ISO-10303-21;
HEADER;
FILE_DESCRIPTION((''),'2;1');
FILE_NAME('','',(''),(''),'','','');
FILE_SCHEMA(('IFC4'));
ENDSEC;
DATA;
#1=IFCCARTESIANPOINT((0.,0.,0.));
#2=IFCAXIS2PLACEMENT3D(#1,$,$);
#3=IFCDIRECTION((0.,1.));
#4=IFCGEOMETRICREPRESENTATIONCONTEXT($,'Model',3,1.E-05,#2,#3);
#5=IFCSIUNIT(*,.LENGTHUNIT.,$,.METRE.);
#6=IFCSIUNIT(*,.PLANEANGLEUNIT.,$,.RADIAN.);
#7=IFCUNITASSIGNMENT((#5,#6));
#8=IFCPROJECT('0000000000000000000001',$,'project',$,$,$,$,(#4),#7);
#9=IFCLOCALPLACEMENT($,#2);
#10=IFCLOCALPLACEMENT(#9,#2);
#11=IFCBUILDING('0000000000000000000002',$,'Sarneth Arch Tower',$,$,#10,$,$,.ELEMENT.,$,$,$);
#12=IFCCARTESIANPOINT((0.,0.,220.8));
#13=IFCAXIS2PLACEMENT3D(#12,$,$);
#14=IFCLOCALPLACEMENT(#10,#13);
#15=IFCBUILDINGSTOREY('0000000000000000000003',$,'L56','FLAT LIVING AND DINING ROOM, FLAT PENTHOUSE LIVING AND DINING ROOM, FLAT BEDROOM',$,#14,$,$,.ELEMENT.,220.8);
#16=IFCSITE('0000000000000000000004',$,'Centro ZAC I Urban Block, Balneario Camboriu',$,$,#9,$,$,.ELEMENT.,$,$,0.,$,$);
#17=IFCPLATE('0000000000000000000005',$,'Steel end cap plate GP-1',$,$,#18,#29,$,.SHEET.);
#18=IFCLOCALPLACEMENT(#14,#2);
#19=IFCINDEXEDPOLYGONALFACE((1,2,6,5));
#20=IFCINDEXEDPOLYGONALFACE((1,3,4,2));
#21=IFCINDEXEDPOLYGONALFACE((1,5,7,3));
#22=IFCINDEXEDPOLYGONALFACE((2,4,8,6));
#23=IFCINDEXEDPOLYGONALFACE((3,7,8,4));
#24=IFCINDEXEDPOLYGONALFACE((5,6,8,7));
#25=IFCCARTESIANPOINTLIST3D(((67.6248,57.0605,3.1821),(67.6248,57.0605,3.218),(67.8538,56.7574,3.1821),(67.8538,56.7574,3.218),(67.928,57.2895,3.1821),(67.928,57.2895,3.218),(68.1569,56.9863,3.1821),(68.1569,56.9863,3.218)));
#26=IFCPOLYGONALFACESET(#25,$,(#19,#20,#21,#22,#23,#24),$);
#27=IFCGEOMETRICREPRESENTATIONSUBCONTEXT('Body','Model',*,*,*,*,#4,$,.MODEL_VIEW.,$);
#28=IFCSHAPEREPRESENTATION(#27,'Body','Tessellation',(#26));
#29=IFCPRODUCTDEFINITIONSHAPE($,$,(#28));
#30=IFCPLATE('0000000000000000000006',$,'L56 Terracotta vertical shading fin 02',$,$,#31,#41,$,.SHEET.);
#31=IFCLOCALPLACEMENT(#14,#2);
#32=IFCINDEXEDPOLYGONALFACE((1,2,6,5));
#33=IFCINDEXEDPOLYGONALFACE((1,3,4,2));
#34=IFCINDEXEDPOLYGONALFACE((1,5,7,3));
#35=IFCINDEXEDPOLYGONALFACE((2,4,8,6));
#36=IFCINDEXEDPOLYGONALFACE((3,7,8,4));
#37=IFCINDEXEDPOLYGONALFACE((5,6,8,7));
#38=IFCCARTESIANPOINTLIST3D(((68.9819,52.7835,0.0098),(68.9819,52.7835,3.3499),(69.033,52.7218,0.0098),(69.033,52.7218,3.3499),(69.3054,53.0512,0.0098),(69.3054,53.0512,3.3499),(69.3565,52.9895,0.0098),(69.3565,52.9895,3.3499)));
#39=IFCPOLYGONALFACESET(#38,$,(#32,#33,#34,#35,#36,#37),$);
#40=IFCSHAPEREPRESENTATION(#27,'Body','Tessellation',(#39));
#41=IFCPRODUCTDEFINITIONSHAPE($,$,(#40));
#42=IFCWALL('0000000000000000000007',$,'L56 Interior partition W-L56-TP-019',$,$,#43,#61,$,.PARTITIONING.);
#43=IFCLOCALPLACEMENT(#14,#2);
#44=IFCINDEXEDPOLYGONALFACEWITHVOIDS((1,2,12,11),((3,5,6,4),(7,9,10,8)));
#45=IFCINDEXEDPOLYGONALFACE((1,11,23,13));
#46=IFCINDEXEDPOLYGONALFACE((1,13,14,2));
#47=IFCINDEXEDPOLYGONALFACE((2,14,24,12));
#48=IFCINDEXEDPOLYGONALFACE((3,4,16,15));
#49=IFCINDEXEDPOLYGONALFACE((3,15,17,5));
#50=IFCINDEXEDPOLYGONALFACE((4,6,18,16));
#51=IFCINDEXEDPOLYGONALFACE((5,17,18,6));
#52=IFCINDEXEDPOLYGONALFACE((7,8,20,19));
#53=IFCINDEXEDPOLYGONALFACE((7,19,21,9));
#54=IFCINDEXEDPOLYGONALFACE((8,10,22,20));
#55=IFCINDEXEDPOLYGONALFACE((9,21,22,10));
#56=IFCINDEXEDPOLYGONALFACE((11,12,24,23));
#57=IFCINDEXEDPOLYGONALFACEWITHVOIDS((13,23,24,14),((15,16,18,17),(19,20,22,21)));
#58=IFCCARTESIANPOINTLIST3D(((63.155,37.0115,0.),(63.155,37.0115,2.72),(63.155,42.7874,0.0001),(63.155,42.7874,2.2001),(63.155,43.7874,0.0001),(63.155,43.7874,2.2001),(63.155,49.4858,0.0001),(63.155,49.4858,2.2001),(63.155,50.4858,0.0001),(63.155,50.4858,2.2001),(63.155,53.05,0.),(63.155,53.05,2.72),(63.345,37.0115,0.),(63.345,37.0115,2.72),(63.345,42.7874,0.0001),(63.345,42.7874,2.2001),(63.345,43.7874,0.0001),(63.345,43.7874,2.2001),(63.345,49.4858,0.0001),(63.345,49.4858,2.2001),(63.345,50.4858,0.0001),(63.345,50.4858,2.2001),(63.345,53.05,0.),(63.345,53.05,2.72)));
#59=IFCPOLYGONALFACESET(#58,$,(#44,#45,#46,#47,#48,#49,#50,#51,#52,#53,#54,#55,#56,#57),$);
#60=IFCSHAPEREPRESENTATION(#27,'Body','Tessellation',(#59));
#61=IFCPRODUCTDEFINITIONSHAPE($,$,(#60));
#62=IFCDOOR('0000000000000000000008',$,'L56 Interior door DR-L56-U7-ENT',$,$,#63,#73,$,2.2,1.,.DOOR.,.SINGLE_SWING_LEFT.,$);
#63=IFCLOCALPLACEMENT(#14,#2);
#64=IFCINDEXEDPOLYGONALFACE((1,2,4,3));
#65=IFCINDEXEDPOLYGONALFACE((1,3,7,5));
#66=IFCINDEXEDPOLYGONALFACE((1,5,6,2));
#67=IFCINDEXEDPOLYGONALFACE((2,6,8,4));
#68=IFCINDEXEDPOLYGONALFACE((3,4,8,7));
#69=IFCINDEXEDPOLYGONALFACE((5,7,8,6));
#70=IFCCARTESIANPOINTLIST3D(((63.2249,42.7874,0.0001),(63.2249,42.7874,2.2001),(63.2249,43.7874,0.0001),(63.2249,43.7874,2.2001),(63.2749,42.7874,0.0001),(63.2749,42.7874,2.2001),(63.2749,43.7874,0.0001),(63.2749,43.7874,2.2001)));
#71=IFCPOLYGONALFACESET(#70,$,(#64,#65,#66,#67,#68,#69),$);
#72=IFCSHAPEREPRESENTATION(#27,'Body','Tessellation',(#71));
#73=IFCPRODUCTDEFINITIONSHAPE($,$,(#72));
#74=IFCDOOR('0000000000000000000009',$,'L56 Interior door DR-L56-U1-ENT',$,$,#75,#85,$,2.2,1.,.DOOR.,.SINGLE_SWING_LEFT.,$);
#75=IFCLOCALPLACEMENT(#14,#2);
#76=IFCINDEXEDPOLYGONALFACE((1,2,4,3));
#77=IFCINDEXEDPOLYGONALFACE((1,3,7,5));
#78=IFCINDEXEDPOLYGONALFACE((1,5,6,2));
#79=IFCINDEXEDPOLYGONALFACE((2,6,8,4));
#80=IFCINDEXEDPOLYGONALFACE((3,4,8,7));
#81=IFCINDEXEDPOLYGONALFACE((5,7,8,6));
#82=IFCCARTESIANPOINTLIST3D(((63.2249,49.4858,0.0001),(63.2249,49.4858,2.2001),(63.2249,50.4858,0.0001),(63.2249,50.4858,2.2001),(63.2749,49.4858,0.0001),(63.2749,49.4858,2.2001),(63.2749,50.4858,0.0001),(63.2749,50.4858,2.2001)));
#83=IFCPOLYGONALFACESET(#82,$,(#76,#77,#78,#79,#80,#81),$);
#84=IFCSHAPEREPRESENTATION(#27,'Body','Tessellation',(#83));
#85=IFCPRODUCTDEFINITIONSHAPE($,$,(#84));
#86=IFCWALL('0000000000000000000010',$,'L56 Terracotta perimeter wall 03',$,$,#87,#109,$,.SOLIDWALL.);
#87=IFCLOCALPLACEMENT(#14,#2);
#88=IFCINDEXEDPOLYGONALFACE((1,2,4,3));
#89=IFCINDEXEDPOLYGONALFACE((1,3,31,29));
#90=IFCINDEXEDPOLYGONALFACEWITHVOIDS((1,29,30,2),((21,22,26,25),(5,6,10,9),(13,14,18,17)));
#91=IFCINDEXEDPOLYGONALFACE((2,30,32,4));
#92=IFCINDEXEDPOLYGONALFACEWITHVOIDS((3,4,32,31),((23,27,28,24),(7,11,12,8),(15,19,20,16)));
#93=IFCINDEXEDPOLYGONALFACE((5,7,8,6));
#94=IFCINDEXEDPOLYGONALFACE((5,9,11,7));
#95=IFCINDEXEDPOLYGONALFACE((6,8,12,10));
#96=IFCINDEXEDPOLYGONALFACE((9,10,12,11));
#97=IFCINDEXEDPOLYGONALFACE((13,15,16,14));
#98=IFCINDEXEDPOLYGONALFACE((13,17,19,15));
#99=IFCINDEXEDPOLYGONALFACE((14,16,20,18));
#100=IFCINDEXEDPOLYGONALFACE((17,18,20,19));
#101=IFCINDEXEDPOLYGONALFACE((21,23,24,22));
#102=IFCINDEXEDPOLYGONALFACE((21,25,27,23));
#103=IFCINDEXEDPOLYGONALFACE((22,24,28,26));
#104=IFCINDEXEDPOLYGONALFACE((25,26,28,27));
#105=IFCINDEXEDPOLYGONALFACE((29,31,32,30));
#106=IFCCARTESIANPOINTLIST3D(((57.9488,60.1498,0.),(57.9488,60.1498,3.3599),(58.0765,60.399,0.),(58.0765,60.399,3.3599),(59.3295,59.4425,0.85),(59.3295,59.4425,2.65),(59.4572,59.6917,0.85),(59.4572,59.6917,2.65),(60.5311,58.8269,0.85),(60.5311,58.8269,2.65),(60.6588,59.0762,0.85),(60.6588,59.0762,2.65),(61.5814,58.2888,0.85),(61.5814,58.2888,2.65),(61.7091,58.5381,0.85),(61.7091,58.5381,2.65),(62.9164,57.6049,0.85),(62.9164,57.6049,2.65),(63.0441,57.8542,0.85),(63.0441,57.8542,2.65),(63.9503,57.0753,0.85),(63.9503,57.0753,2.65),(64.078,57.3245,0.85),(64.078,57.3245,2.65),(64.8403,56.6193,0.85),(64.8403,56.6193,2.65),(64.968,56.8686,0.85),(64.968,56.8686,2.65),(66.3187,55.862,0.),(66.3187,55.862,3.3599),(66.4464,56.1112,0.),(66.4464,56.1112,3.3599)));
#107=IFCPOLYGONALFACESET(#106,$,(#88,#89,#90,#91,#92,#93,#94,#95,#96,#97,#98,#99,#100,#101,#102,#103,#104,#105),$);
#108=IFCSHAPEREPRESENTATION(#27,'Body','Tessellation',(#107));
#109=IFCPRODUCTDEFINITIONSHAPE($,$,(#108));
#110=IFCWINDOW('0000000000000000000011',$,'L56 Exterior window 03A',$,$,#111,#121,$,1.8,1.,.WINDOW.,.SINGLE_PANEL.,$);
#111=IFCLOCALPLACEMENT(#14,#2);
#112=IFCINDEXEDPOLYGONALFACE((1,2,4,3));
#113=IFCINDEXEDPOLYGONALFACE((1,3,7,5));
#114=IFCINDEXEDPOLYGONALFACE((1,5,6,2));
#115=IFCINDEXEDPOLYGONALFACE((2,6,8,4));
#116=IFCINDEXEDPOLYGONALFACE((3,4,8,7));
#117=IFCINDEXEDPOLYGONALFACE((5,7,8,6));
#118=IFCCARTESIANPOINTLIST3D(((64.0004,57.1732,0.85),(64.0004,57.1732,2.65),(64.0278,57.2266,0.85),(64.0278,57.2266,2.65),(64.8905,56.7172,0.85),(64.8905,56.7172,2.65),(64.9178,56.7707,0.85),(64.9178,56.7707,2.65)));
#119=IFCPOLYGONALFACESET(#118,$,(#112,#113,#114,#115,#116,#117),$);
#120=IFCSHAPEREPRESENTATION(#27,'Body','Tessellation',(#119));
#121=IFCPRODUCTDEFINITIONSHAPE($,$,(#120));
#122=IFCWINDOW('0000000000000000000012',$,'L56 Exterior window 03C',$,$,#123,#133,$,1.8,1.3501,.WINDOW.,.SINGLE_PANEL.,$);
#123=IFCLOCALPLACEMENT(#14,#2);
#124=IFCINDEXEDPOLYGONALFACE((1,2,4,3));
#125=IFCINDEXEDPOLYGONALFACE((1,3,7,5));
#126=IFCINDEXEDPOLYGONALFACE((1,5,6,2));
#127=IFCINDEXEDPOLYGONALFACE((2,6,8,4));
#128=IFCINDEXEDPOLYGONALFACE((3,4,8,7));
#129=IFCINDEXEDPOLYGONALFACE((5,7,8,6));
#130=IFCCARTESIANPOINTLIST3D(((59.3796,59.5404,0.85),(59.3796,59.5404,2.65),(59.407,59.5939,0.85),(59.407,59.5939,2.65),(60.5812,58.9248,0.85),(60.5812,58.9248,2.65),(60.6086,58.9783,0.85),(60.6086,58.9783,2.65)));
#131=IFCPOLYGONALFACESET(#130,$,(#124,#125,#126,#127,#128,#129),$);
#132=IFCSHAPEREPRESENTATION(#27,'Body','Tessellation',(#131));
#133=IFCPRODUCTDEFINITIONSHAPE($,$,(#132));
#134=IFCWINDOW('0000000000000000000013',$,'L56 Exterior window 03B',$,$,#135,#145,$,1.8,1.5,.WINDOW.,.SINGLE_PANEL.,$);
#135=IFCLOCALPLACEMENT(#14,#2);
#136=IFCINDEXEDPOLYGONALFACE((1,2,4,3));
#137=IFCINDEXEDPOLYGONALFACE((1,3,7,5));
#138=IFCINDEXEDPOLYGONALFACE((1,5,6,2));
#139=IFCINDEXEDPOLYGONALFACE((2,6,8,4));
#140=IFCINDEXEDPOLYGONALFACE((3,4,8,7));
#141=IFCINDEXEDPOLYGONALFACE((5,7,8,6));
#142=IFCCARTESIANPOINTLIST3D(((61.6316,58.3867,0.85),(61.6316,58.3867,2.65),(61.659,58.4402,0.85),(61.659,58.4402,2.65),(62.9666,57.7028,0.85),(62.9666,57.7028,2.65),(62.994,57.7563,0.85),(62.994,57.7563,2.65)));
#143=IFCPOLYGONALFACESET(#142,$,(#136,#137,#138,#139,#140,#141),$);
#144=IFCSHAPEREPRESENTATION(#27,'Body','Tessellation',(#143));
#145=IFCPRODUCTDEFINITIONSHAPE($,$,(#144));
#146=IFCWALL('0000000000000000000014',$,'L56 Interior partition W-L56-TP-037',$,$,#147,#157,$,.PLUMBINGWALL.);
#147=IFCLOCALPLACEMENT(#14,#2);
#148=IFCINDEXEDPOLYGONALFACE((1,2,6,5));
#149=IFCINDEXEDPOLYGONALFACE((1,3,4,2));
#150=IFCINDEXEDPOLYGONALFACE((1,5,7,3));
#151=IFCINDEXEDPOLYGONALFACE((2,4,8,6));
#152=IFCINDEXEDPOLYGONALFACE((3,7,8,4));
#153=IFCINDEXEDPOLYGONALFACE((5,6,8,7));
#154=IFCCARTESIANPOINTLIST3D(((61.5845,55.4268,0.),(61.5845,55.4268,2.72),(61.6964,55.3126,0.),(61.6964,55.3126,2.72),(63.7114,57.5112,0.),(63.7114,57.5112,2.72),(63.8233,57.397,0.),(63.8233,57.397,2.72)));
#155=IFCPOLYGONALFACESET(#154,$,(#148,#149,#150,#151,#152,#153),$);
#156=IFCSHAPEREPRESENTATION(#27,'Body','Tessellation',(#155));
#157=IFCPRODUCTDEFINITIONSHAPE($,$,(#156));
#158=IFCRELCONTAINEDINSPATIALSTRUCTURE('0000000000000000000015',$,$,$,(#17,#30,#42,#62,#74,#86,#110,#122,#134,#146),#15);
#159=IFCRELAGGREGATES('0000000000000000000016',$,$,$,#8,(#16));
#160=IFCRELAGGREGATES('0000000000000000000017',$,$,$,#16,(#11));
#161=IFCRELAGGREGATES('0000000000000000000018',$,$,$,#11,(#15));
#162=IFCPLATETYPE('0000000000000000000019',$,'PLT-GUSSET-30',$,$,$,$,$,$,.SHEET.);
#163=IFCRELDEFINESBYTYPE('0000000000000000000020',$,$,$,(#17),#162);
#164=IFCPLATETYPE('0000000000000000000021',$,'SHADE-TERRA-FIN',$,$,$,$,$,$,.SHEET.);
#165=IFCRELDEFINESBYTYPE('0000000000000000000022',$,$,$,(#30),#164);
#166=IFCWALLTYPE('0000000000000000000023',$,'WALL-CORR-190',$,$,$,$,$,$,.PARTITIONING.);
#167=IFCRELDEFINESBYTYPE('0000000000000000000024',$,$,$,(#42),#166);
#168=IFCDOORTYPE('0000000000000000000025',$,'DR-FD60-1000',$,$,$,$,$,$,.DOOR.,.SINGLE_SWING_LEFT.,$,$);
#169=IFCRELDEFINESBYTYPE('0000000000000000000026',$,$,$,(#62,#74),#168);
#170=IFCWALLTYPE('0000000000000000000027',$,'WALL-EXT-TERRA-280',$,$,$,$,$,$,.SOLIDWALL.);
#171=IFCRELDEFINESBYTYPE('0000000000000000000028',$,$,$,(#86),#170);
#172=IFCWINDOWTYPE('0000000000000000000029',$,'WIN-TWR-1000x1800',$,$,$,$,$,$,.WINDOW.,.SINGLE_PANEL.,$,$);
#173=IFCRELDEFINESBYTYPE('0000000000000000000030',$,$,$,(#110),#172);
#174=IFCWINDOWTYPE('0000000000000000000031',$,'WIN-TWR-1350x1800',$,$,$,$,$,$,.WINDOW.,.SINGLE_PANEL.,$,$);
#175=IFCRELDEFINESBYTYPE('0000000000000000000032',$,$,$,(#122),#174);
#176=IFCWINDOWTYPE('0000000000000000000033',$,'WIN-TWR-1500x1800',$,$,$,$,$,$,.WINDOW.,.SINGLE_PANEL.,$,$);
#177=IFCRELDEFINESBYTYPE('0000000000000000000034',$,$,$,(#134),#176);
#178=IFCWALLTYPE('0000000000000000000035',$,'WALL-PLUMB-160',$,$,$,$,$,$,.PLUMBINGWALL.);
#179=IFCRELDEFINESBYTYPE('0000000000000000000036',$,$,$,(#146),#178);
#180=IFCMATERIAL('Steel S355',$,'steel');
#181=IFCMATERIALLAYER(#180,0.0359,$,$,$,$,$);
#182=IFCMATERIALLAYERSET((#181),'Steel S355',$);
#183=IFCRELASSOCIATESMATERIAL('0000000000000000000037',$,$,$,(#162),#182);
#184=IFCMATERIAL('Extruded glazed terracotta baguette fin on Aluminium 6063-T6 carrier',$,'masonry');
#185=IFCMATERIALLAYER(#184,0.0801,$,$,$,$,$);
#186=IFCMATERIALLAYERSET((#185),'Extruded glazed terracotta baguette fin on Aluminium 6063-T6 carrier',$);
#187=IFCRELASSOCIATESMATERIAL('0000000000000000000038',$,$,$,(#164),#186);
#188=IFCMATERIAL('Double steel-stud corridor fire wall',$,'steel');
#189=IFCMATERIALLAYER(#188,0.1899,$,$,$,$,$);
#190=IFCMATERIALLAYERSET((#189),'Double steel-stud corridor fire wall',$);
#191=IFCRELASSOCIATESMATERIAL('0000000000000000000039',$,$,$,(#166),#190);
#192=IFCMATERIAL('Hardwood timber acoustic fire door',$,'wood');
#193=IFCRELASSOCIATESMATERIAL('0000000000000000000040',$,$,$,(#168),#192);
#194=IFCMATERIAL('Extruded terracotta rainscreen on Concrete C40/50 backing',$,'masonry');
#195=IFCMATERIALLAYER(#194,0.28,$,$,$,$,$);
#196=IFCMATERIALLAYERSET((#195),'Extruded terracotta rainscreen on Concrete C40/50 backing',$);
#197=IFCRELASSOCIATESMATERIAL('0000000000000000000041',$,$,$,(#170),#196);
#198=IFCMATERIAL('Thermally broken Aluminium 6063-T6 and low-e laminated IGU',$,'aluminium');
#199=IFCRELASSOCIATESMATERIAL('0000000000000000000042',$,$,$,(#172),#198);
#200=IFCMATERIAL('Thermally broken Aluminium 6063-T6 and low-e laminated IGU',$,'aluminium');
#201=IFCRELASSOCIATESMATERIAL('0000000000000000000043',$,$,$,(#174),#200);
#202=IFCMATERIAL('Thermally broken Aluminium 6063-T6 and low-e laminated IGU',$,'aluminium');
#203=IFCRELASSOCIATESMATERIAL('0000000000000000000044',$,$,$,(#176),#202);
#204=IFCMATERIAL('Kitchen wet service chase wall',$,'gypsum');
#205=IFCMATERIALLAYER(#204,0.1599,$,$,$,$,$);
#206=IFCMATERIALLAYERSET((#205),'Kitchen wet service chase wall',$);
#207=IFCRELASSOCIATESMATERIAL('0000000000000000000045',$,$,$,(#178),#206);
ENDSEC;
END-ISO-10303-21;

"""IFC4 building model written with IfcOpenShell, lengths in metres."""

from ifc_helpers import new_model, si_unit, direction, frame, frame_2d, origin, origin_2d, place, context, subcontext, project, spatial, rectangle, extrude, material, layer, layer_set, type_object, element, fill, save


model = new_model("IFC4")

# Units and contexts
model_context = context("Model", 3, precision=1e-05, world=origin(), true_north=direction((0.0, 1.0)))
body_context = subcontext(model_context, "Body", "Model", "MODEL_VIEW")
ifc_project = project(units=[si_unit("LENGTHUNIT", "METRE"), si_unit("PLANEANGLEUNIT", "RADIAN")], contexts=[model_context])

# Site, building, storey
site_placement = place(None, origin())
site = spatial("IfcSite", under=ifc_project, at=site_placement, Name="Centro ZAC I Urban Block, Balneario Camboriu", CompositionType="ELEMENT", RefElevation=0.0)
building_placement = place(site_placement, origin())
building = spatial("IfcBuilding", under=site, at=building_placement, Name="Sarneth Arch Tower", CompositionType="ELEMENT")
storey_placement = place(building_placement, frame((0.0, 0.0, 220.8)))
storey = spatial("IfcBuildingStorey", under=building, at=storey_placement, Name="L56", Description="FLAT LIVING AND DINING ROOM, FLAT PENTHOUSE LIVING AND DINING ROOM, FLAT BEDROOM", CompositionType="ELEMENT", Elevation=220.8)

# Plates
ifc_material_1 = material(Name="Steel S355", Category="steel")
ifc_layer_1 = layer(ifc_material_1, 0.0359)
ifc_layer_set_1 = layer_set([ifc_layer_1], Name="Steel S355")
plate_type_1 = type_object("IfcPlateType", Name="PLT-GUSSET-30", PredefinedType="SHEET", material=ifc_layer_set_1)
plate_1_placement = place(storey_placement, frame((67.8909, 57.0234, 3.1821), z_axis=(0.0, 0.0, 1.0), x_axis=(0.798005, 0.602651, 0.0)))
element("IfcPlate", 1, at=plate_1_placement, inside=storey, type_object=plate_type_1, Name="Steel end cap plate GP-1", PredefinedType="SHEET", context=body_context, shape_type="SweptSolid", body=[
    extrude(rectangle(XDim=0.3799, YDim=0.3799, at=origin_2d()), origin(), (0.0, 0.0, 1.0), 0.0359),
])
ifc_material_2 = material(Name="Extruded glazed terracotta baguette fin on Aluminium 6063-T6 carrier", Category="masonry")
ifc_layer_2 = layer(ifc_material_2, 0.0801)
ifc_layer_set_2 = layer_set([ifc_layer_2], Name="Extruded glazed terracotta baguette fin on Aluminium 6063-T6 carrier")
plate_type_2 = type_object("IfcPlateType", Name="SHADE-TERRA-FIN", PredefinedType="SHEET", material=ifc_layer_set_2)
plate_2_placement = place(storey_placement, frame((69.1692, 52.8865, 0.0098), z_axis=(0.0, 0.0, 1.0), x_axis=(0.770402, 0.637558, 0.0)))
element("IfcPlate", 2, at=plate_2_placement, inside=storey, type_object=plate_type_2, Name="L56 Terracotta vertical shading fin 02", PredefinedType="SHEET", context=body_context, shape_type="SweptSolid", body=[
    extrude(rectangle(XDim=0.4199, YDim=0.0801, at=origin_2d()), origin(), (0.0, 0.0, 1.0), 3.3401),
])

# Wall, openings, doors
ifc_material_3 = material(Name="Double steel-stud corridor fire wall", Category="steel")
ifc_layer_3 = layer(ifc_material_3, 0.1899)
ifc_layer_set_3 = layer_set([ifc_layer_3], Name="Double steel-stud corridor fire wall")
wall_type_1 = type_object("IfcWallType", Name="WALL-CORR-190", PredefinedType="PARTITIONING", material=ifc_layer_set_3)
wall_1_placement = place(storey_placement, frame((63.25, 53.05, 0.0), z_axis=(0.0, 0.0, 1.0), x_axis=(0.0, -1.0, 0.0)))
wall_1 = element("IfcWall", 3, at=wall_1_placement, inside=storey, type_object=wall_type_1, Name="L56 Interior partition W-L56-TP-019", PredefinedType="PARTITIONING", context=body_context, shape_type="SweptSolid", body=[
    extrude(rectangle(XDim=16.0386, YDim=0.1899, at=frame_2d((8.0193, 0.0))), origin(), (0.0, 0.0, 1.0), 2.72),
])
opening_1_placement = place(wall_1_placement, frame((9.2627, 0.0, 0.0)))
opening_1 = element("IfcOpeningElement", 4, at=opening_1_placement, cuts=wall_1, PredefinedType="OPENING", context=body_context, shape_type="SweptSolid", body=[
    extrude(rectangle(XDim=1.0, YDim=2.2, at=frame_2d((0.5, 1.1001))), frame((0.0, 0.105, 0.0), z_axis=(0.0, -1.0, 0.0), x_axis=(1.0, 0.0, 0.0)), (0.0, 0.0, 1.0), 0.21),
])
opening_2_placement = place(wall_1_placement, frame((2.5642, 0.0, 0.0)))
opening_2 = element("IfcOpeningElement", 5, at=opening_2_placement, cuts=wall_1, PredefinedType="OPENING", context=body_context, shape_type="SweptSolid", body=[
    extrude(rectangle(XDim=1.0, YDim=2.2, at=frame_2d((0.5, 1.1001))), frame((0.0, 0.105, 0.0), z_axis=(0.0, -1.0, 0.0), x_axis=(1.0, 0.0, 0.0)), (0.0, 0.0, 1.0), 0.21),
])
ifc_material_4 = material(Name="Hardwood timber acoustic fire door", Category="wood")
door_type = type_object("IfcDoorType", Name="DR-FD60-1000", OperationType="SINGLE_SWING_LEFT", PredefinedType="DOOR", material=ifc_material_4)
door_1_placement = place(opening_1_placement, origin())
door_1 = element("IfcDoor", 6, at=door_1_placement, inside=storey, type_object=door_type, Name="L56 Interior door DR-L56-U7-ENT", OperationType="SINGLE_SWING_LEFT", OverallHeight=2.2, OverallWidth=1.0, PredefinedType="DOOR", context=body_context, shape_type="SweptSolid", body=[
    extrude(rectangle(XDim=1.0, YDim=2.2, at=frame_2d((0.5, 1.1001))), frame((0.0, 0.0249, 0.0), z_axis=(0.0, -1.0, 0.0), x_axis=(1.0, 0.0, 0.0)), (0.0, 0.0, 1.0), 0.05),
])
fill(opening_1, door_1)
door_2_placement = place(opening_2_placement, origin())
door_2 = element("IfcDoor", 7, at=door_2_placement, inside=storey, type_object=door_type, Name="L56 Interior door DR-L56-U1-ENT", OperationType="SINGLE_SWING_LEFT", OverallHeight=2.2, OverallWidth=1.0, PredefinedType="DOOR", context=body_context, shape_type="SweptSolid", body=[
    extrude(rectangle(XDim=1.0, YDim=2.2, at=frame_2d((0.5, 1.1001))), frame((0.0, 0.0249, 0.0), z_axis=(0.0, -1.0, 0.0), x_axis=(1.0, 0.0, 0.0)), (0.0, 0.0, 1.0), 0.05),
])
fill(opening_2, door_2)

# Wall, openings, windows
ifc_material_5 = material(Name="Extruded terracotta rainscreen on Concrete C40/50 backing", Category="masonry")
ifc_layer_4 = layer(ifc_material_5, 0.28)
ifc_layer_set_4 = layer_set([ifc_layer_4], Name="Extruded terracotta rainscreen on Concrete C40/50 backing")
wall_type_2 = type_object("IfcWallType", Name="WALL-EXT-TERRA-280", PredefinedType="SOLIDWALL", material=ifc_layer_set_4)
wall_2_placement = place(storey_placement, frame((66.3826, 55.9866, 0.0), z_axis=(0.0, 0.0, 1.0), x_axis=(-0.890007, 0.455946, 0.0)))
wall_2 = element("IfcWall", 8, at=wall_2_placement, inside=storey, type_object=wall_type_2, Name="L56 Terracotta perimeter wall 03", PredefinedType="SOLIDWALL", context=body_context, shape_type="SweptSolid", body=[
    extrude(rectangle(XDim=9.4043, YDim=0.28, at=frame_2d((4.7021, 0.0))), origin(), (0.0, 0.0, 1.0), 3.3599),
])
opening_3_placement = place(wall_2_placement, frame((1.6611, 0.0, 0.8501)))
opening_3 = element("IfcOpeningElement", 9, at=opening_3_placement, cuts=wall_2, PredefinedType="OPENING", context=body_context, shape_type="SweptSolid", body=[
    extrude(rectangle(XDim=1.0, YDim=1.8, at=frame_2d((0.5, 0.8999))), frame((0.0, 0.1499, 0.0), z_axis=(0.0, -1.0, 0.0), x_axis=(1.0, 0.0, 0.0)), (0.0, 0.0, 1.0), 0.3),
])
opening_4_placement = place(wall_2_placement, frame((3.8228, 0.0, 0.8501)))
opening_4 = element("IfcOpeningElement", 10, at=opening_4_placement, cuts=wall_2, PredefinedType="OPENING", context=body_context, shape_type="SweptSolid", body=[
    extrude(rectangle(XDim=1.5, YDim=1.8, at=frame_2d((0.75, 0.8999))), frame((0.0, 0.1499, 0.0), z_axis=(0.0, -1.0, 0.0), x_axis=(1.0, 0.0, 0.0)), (0.0, 0.0, 1.0), 0.3),
])
opening_5_placement = place(wall_2_placement, frame((6.5029, 0.0, 0.8501)))
opening_5 = element("IfcOpeningElement", 11, at=opening_5_placement, cuts=wall_2, PredefinedType="OPENING", context=body_context, shape_type="SweptSolid", body=[
    extrude(rectangle(XDim=1.3501, YDim=1.8, at=frame_2d((0.675, 0.8999))), frame((0.0, 0.1499, 0.0), z_axis=(0.0, -1.0, 0.0), x_axis=(1.0, 0.0, 0.0)), (0.0, 0.0, 1.0), 0.3),
])
ifc_material_6 = material(Name="Thermally broken Aluminium 6063-T6 and low-e laminated IGU", Category="aluminium")
window_type_1 = type_object("IfcWindowType", Name="WIN-TWR-1000x1800", PartitioningType="SINGLE_PANEL", PredefinedType="WINDOW", material=ifc_material_6)
window_1_placement = place(opening_3_placement, origin())
window_1 = element("IfcWindow", 12, at=window_1_placement, inside=storey, type_object=window_type_1, Name="L56 Exterior window 03A", OverallHeight=1.8, OverallWidth=1.0, PartitioningType="SINGLE_PANEL", PredefinedType="WINDOW", context=body_context, shape_type="SweptSolid", body=[
    extrude(rectangle(XDim=1.0, YDim=1.8, at=frame_2d((0.5, 0.8999))), frame((0.0, 0.03, 0.0), z_axis=(0.0, -1.0, 0.0), x_axis=(1.0, 0.0, 0.0)), (0.0, 0.0, 1.0), 0.0601),
])
fill(opening_3, window_1)
ifc_material_7 = material(Name="Thermally broken Aluminium 6063-T6 and low-e laminated IGU", Category="aluminium")
window_type_2 = type_object("IfcWindowType", Name="WIN-TWR-1350x1800", PartitioningType="SINGLE_PANEL", PredefinedType="WINDOW", material=ifc_material_7)
window_2_placement = place(opening_5_placement, origin())
window_2 = element("IfcWindow", 13, at=window_2_placement, inside=storey, type_object=window_type_2, Name="L56 Exterior window 03C", OverallHeight=1.8, OverallWidth=1.3501, PartitioningType="SINGLE_PANEL", PredefinedType="WINDOW", context=body_context, shape_type="SweptSolid", body=[
    extrude(rectangle(XDim=1.3501, YDim=1.8, at=frame_2d((0.675, 0.8999))), frame((0.0, 0.03, 0.0), z_axis=(0.0, -1.0, 0.0), x_axis=(1.0, 0.0, 0.0)), (0.0, 0.0, 1.0), 0.0601),
])
fill(opening_5, window_2)
ifc_material_8 = material(Name="Thermally broken Aluminium 6063-T6 and low-e laminated IGU", Category="aluminium")
window_type_3 = type_object("IfcWindowType", Name="WIN-TWR-1500x1800", PartitioningType="SINGLE_PANEL", PredefinedType="WINDOW", material=ifc_material_8)
window_3_placement = place(opening_4_placement, origin())
window_3 = element("IfcWindow", 14, at=window_3_placement, inside=storey, type_object=window_type_3, Name="L56 Exterior window 03B", OverallHeight=1.8, OverallWidth=1.5, PartitioningType="SINGLE_PANEL", PredefinedType="WINDOW", context=body_context, shape_type="SweptSolid", body=[
    extrude(rectangle(XDim=1.5, YDim=1.8, at=frame_2d((0.75, 0.8999))), frame((0.0, 0.03, 0.0), z_axis=(0.0, -1.0, 0.0), x_axis=(1.0, 0.0, 0.0)), (0.0, 0.0, 1.0), 0.0601),
])
fill(opening_4, window_3)

# Wall
ifc_material_9 = material(Name="Kitchen wet service chase wall", Category="gypsum")
ifc_layer_5 = layer(ifc_material_9, 0.1599)
ifc_layer_set_5 = layer_set([ifc_layer_5], Name="Kitchen wet service chase wall")
wall_type_3 = type_object("IfcWallType", Name="WALL-PLUMB-160", PredefinedType="PLUMBINGWALL", material=ifc_layer_set_5)
wall_3_placement = place(storey_placement, frame((63.7673, 57.4541, 0.0), z_axis=(0.0, 0.0, 1.0), x_axis=(-0.714203, -0.699939, 0.0)))
element("IfcWall", 15, at=wall_3_placement, inside=storey, type_object=wall_type_3, Name="L56 Interior partition W-L56-TP-037", PredefinedType="PLUMBINGWALL", context=body_context, shape_type="SweptSolid", body=[
    extrude(rectangle(XDim=2.978, YDim=0.1599, at=frame_2d((1.489, 0.0))), origin(), (0.0, 0.0, 1.0), 2.72),
])

save(model, "model.ifc")
